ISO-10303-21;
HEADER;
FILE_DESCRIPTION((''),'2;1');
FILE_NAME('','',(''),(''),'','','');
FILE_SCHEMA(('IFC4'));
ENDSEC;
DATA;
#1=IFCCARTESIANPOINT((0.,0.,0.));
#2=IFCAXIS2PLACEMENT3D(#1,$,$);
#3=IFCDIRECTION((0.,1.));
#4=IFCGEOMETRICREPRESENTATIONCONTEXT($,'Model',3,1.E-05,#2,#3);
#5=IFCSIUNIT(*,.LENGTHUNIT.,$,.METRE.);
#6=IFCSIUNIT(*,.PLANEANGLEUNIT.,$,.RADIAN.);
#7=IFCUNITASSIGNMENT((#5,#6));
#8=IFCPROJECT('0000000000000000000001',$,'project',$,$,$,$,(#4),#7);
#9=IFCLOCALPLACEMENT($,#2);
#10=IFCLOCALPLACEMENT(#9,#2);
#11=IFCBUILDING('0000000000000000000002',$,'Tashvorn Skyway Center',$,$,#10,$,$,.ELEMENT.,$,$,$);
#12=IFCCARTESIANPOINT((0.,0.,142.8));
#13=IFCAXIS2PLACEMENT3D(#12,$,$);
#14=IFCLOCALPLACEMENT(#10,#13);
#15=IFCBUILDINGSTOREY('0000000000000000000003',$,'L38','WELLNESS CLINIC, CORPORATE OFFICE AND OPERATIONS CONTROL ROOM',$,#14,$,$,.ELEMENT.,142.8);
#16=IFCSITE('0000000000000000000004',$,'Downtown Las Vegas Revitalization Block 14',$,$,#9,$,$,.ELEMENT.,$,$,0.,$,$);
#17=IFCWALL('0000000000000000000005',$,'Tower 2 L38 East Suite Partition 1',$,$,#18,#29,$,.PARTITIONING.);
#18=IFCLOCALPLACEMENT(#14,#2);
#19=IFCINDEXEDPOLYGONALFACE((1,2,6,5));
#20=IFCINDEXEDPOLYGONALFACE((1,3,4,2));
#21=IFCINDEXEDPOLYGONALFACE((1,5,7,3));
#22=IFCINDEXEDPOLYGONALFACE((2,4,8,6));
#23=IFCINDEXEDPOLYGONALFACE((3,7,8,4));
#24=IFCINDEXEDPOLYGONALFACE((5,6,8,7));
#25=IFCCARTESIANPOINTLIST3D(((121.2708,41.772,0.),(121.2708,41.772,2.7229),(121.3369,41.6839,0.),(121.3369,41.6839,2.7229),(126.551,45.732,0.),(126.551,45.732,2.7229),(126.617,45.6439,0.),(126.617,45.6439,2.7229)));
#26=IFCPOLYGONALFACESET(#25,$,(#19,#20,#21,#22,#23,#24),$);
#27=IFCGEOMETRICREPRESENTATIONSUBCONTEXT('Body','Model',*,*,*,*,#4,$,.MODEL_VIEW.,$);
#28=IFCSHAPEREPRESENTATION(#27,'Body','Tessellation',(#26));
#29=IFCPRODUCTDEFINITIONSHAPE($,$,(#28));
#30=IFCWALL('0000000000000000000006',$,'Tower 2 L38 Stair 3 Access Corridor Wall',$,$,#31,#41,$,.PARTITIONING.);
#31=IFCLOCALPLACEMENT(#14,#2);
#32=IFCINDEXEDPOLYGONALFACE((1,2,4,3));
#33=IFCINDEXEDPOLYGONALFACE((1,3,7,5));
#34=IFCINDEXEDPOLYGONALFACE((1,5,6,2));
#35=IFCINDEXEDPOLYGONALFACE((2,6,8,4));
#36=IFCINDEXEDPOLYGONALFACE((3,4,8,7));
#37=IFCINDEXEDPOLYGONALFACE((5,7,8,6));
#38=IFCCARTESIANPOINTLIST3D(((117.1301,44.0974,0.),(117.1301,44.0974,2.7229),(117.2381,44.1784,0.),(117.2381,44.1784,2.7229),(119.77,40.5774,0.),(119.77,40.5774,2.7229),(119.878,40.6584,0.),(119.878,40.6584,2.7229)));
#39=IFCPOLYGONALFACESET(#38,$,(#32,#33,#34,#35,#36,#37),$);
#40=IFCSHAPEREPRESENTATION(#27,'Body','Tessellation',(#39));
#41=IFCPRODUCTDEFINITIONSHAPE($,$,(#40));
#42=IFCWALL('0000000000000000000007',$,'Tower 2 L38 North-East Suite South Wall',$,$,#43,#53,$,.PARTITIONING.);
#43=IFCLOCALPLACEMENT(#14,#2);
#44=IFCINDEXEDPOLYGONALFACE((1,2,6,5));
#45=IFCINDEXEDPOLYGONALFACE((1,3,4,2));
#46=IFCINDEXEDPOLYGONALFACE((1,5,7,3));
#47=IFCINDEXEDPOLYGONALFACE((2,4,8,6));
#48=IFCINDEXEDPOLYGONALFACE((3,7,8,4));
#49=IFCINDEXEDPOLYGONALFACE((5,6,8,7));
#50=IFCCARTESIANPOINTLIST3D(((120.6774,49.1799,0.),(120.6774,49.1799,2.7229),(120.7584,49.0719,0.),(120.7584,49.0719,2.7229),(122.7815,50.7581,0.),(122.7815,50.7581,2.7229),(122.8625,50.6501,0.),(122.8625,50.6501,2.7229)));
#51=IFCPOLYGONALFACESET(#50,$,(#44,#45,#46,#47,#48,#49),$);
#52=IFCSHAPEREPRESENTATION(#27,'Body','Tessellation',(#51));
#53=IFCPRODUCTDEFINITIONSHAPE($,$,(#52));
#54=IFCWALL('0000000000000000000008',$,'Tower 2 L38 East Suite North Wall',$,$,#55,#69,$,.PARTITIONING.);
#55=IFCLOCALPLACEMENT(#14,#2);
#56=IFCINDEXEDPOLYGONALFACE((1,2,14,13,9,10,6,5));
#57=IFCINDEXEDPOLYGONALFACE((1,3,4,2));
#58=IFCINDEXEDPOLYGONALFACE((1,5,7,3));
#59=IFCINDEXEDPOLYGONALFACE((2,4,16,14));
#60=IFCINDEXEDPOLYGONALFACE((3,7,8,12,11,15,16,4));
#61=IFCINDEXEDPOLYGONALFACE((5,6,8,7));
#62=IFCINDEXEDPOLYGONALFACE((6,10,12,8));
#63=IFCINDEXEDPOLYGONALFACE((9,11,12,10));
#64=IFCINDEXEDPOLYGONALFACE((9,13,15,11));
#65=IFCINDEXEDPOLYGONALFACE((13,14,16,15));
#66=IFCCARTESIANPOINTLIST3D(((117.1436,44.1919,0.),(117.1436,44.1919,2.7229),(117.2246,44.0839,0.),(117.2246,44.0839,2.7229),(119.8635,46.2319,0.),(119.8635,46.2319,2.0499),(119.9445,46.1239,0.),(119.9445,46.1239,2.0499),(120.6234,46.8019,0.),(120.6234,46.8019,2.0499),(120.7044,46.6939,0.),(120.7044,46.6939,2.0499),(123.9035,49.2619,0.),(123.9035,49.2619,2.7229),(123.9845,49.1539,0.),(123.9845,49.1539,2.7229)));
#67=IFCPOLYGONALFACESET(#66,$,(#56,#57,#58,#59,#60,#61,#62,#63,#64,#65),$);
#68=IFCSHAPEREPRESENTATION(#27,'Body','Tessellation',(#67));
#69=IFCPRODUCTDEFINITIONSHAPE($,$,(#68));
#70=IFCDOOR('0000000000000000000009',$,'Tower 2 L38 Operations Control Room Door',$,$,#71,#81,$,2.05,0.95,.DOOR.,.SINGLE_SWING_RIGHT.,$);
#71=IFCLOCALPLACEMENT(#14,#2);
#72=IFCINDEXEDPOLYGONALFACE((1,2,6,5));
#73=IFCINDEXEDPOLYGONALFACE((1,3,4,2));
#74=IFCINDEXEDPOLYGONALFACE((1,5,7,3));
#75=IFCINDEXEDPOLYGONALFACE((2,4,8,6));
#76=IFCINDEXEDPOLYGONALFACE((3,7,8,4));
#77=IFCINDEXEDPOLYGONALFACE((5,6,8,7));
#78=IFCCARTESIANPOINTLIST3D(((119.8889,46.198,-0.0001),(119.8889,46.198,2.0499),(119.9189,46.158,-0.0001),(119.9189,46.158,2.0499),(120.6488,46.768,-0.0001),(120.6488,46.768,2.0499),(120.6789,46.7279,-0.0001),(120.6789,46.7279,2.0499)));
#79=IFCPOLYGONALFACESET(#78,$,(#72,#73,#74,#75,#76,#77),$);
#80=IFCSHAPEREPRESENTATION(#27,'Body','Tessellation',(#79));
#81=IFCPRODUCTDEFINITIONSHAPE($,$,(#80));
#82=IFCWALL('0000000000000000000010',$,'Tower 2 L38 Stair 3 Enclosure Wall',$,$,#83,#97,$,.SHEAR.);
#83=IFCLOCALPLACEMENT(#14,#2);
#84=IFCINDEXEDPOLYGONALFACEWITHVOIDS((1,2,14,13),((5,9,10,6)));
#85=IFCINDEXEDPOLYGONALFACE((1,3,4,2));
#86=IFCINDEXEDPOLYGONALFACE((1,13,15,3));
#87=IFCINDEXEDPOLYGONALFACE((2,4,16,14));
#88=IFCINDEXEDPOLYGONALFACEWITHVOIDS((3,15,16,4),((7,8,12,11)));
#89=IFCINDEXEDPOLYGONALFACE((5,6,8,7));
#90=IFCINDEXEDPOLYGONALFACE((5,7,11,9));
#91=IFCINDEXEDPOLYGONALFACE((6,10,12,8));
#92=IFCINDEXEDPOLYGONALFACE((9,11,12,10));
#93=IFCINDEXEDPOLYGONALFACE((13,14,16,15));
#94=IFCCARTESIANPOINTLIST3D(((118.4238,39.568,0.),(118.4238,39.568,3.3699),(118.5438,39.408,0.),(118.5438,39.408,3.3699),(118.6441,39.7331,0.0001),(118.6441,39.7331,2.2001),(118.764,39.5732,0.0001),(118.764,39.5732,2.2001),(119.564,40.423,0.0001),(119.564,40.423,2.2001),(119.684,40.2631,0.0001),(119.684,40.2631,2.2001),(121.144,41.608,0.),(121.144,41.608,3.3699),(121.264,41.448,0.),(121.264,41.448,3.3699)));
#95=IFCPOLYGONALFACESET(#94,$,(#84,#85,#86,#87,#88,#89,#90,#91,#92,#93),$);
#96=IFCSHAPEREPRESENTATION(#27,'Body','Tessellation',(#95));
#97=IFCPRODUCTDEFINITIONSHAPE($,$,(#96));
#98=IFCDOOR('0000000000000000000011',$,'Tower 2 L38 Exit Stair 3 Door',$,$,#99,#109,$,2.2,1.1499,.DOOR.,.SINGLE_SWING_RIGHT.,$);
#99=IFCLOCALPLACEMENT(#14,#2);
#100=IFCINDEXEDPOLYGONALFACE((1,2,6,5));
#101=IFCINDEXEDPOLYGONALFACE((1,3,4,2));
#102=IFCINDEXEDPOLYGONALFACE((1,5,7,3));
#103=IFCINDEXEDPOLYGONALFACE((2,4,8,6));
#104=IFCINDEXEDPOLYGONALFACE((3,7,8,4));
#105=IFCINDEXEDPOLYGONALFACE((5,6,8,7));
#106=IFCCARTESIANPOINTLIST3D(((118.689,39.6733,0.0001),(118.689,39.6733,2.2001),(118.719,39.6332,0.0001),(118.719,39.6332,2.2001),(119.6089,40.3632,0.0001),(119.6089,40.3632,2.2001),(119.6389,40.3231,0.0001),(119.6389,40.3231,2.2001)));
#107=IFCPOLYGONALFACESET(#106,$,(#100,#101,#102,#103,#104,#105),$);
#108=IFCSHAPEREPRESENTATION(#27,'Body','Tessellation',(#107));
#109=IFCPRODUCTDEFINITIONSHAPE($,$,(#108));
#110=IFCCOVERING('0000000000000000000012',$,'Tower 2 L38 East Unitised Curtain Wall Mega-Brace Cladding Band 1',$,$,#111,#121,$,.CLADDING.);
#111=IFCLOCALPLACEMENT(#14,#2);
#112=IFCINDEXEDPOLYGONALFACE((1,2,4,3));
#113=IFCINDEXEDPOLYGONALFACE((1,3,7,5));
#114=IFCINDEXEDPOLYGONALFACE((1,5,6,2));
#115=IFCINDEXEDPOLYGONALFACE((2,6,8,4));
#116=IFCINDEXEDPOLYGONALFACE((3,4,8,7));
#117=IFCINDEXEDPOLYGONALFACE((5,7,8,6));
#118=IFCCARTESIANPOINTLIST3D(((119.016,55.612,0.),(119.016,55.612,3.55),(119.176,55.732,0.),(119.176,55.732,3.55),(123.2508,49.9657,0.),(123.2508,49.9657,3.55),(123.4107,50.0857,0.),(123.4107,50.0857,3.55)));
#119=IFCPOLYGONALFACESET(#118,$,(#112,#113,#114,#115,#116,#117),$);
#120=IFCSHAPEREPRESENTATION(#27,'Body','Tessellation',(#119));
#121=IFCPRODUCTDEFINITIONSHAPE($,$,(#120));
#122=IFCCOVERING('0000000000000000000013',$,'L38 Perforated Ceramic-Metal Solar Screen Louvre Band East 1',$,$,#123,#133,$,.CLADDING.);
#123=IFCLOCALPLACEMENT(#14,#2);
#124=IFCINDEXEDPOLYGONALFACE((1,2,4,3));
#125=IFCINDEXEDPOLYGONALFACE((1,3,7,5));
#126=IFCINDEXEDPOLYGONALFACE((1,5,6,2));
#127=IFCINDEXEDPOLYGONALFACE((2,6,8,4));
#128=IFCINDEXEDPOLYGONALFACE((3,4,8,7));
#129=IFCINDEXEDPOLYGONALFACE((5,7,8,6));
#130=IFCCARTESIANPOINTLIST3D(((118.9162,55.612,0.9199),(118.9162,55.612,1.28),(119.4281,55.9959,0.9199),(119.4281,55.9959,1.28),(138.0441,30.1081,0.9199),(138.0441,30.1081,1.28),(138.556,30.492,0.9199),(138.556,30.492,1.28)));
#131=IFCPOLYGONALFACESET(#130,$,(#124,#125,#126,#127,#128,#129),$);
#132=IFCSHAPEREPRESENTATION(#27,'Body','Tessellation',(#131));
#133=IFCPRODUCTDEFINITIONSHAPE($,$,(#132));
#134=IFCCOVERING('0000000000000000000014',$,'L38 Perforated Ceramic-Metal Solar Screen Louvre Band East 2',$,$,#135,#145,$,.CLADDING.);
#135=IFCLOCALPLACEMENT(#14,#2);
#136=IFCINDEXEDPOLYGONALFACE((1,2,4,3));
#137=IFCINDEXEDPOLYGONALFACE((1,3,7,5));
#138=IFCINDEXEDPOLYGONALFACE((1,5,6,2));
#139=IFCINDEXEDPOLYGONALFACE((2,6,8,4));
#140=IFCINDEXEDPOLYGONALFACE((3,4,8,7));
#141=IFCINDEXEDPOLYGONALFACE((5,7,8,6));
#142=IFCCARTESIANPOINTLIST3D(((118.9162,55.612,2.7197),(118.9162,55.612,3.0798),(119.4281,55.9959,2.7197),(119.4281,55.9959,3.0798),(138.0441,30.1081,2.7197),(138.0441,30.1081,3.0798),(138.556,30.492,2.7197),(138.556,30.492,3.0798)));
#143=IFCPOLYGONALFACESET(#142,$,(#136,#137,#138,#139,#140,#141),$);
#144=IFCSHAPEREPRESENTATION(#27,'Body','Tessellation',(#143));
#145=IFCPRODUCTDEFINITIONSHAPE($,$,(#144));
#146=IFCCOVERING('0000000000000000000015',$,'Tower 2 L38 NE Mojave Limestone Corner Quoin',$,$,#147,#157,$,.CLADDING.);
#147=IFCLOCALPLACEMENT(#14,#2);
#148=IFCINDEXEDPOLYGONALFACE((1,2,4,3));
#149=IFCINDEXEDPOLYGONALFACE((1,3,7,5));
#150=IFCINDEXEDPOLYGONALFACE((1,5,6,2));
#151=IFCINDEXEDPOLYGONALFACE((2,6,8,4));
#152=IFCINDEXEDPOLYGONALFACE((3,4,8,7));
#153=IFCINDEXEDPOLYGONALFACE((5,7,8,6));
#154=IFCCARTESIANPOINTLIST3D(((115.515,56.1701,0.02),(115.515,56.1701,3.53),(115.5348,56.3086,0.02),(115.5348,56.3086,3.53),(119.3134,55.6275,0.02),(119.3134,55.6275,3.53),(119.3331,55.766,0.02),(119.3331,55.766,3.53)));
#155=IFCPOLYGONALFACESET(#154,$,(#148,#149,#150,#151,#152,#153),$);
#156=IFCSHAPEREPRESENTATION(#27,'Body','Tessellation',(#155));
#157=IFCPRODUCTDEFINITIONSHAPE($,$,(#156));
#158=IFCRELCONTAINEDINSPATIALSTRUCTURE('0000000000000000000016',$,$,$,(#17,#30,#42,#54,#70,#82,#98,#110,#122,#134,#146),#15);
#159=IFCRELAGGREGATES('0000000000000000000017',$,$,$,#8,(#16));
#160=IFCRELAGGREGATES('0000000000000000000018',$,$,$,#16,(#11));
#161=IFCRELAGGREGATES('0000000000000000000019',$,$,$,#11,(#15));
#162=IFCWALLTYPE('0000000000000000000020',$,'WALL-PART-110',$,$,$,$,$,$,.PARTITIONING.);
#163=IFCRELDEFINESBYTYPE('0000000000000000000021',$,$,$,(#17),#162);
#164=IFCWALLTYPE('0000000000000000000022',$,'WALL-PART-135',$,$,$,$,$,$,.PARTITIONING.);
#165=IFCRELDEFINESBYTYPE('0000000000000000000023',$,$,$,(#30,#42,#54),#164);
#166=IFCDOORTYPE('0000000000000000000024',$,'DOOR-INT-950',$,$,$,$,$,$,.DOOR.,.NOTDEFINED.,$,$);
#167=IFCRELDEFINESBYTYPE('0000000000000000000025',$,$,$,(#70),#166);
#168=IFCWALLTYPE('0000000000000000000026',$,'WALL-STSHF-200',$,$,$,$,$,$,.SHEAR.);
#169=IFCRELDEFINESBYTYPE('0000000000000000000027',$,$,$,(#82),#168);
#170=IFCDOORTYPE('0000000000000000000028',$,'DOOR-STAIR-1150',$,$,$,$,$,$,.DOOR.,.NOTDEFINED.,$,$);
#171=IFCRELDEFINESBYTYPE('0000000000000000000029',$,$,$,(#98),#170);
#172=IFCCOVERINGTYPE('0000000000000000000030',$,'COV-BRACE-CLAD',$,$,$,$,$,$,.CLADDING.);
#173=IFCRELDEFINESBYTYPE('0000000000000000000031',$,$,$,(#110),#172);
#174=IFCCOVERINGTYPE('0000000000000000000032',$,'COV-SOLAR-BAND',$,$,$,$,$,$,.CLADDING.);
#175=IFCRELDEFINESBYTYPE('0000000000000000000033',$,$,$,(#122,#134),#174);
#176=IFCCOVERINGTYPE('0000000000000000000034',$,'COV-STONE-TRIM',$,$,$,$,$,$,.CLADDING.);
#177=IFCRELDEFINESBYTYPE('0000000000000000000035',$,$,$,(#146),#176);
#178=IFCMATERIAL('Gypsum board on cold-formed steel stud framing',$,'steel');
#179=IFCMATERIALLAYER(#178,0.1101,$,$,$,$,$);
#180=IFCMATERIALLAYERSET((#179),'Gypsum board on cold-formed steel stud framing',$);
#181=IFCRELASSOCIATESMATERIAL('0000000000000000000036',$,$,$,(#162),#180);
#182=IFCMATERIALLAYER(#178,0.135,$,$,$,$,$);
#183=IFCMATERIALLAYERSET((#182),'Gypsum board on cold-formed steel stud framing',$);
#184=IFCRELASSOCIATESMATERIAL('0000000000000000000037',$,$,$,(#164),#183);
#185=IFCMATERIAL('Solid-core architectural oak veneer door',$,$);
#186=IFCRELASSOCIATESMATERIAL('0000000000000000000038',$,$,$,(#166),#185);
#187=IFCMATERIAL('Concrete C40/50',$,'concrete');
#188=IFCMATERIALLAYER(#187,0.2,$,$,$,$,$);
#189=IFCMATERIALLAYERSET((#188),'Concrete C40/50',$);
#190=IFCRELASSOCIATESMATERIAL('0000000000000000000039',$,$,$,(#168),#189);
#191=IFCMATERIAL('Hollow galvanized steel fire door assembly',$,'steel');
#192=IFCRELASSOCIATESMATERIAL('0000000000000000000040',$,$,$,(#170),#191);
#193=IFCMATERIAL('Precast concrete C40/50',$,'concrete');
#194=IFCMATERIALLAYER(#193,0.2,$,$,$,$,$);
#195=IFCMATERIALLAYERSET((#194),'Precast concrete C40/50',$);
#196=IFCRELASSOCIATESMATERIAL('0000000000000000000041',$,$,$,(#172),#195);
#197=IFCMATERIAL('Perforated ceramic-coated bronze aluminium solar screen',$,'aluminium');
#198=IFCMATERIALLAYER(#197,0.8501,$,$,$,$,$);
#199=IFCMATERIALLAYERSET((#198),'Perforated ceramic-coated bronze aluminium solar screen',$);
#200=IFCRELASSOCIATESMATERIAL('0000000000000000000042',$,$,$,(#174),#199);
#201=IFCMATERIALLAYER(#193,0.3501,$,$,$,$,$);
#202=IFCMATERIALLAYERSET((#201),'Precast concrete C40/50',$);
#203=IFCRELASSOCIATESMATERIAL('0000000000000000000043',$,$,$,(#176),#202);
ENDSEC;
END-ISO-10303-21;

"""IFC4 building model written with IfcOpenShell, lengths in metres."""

from ifc_helpers import new_model, si_unit, direction, frame, frame_2d, origin, origin_2d, place, context, subcontext, project, spatial, rectangle, extrude, material, layer, layer_set, type_object, element, fill, save


model = new_model("IFC4")

# Units and contexts
model_context = context("Model", 3, precision=1e-05, world=origin(), true_north=direction((0.0, 1.0)))
body_context = subcontext(model_context, "Body", "Model", "MODEL_VIEW")
ifc_project = project(units=[si_unit("LENGTHUNIT", "METRE"), si_unit("PLANEANGLEUNIT", "RADIAN")], contexts=[model_context])

# Site, building, storey
site_placement = place(None, origin())
site = spatial("IfcSite", under=ifc_project, at=site_placement, Name="Downtown Las Vegas Revitalization Block 14", CompositionType="ELEMENT", RefElevation=0.0)
building_placement = place(site_placement, origin())
building = spatial("IfcBuilding", under=site, at=building_placement, Name="Tashvorn Skyway Center", CompositionType="ELEMENT")
storey_placement = place(building_placement, frame((0.0, 0.0, 142.8)))
storey = spatial("IfcBuildingStorey", under=building, at=storey_placement, Name="L38", Description="WELLNESS CLINIC, CORPORATE OFFICE AND OPERATIONS CONTROL ROOM", CompositionType="ELEMENT", Elevation=142.8)

# Walls
ifc_material_1 = material(Name="Precast concrete C40/50", Category="concrete")
ifc_material_2 = material(Name="Gypsum board on cold-formed steel stud framing", Category="steel")
ifc_layer_1 = layer(ifc_material_2, 0.1101)
ifc_layer_set_1 = layer_set([ifc_layer_1], Name="Gypsum board on cold-formed steel stud framing")
wall_type_1 = type_object("IfcWallType", Name="WALL-PART-110", PredefinedType="PARTITIONING", material=ifc_layer_set_1)
wall_1_placement = place(storey_placement, frame((126.584, 45.688, 0.0), z_axis=(0.0, 0.0, 1.0), x_axis=(-0.800004, -0.599994, 0.0)))
element("IfcWall", 1, at=wall_1_placement, inside=storey, type_object=wall_type_1, Name="Tower 2 L38 East Suite Partition 1", PredefinedType="PARTITIONING", context=body_context, shape_type="SweptSolid", body=[
    extrude(rectangle(XDim=6.6001, YDim=0.1101, at=frame_2d((3.3, 0.0))), origin(), (0.0, 0.0, 1.0), 2.7229),
])
ifc_layer_2 = layer(ifc_material_2, 0.135)
ifc_layer_set_2 = layer_set([ifc_layer_2], Name="Gypsum board on cold-formed steel stud framing")
wall_type_2 = type_object("IfcWallType", Name="WALL-PART-135", PredefinedType="PARTITIONING", material=ifc_layer_set_2)
wall_2_placement = place(storey_placement, frame((119.824, 40.6179, 0.0), z_axis=(0.0, 0.0, 1.0), x_axis=(-0.599982, 0.800013, 0.0)))
element("IfcWall", 2, at=wall_2_placement, inside=storey, type_object=wall_type_2, Name="Tower 2 L38 Stair 3 Access Corridor Wall", PredefinedType="PARTITIONING", context=body_context, shape_type="SweptSolid", body=[
    extrude(rectangle(XDim=4.3999, YDim=0.135, at=frame_2d((2.2, 0.0))), origin(), (0.0, 0.0, 1.0), 2.7229),
])
wall_3_placement = place(storey_placement, frame((120.718, 49.126, 0.0), z_axis=(0.0, 0.0, 1.0), x_axis=(0.799978, 0.60003, 0.0)))
element("IfcWall", 3, at=wall_3_placement, inside=storey, type_object=wall_type_2, Name="Tower 2 L38 North-East Suite South Wall", PredefinedType="PARTITIONING", context=body_context, shape_type="SweptSolid", body=[
    extrude(rectangle(XDim=2.6301, YDim=0.135, at=frame_2d((1.3149, 0.0))), origin(), (0.0, 0.0, 1.0), 2.7229),
])

# Walls, openings, doors
wall_4_placement = place(storey_placement, frame((123.9441, 49.208, 0.0), z_axis=(0.0, 0.0, 1.0), x_axis=(-0.799997, -0.600005, 0.0)))
wall_4 = element("IfcWall", 4, at=wall_4_placement, inside=storey, type_object=wall_type_2, Name="Tower 2 L38 East Suite North Wall", PredefinedType="PARTITIONING", context=body_context, shape_type="SweptSolid", body=[
    extrude(rectangle(XDim=8.45, YDim=0.135, at=frame_2d((4.2251, 0.0))), origin(), (0.0, 0.0, 1.0), 2.7229),
])
opening_1_placement = place(wall_4_placement, frame((4.1001, 0.0, 0.0)))
opening_1 = element("IfcOpeningElement", 5, at=opening_1_placement, cuts=wall_4, PredefinedType="OPENING", context=body_context, shape_type="SweptSolid", body=[
    extrude(rectangle(XDim=0.95, YDim=2.05, at=frame_2d((0.4751, 1.0249))), frame((0.0, 0.0774, 0.0), z_axis=(0.0, -1.0, 0.0), x_axis=(1.0, 0.0, 0.0)), (0.0, 0.0, 1.0), 0.155),
])
ifc_material_3 = material(Name="Solid-core architectural oak veneer door")
door_type_1 = type_object("IfcDoorType", Name="DOOR-INT-950", OperationType="NOTDEFINED", PredefinedType="DOOR", material=ifc_material_3)
door_1_placement = place(opening_1_placement, origin())
door_1 = element("IfcDoor", 6, at=door_1_placement, inside=storey, type_object=door_type_1, Name="Tower 2 L38 Operations Control Room Door", OperationType="SINGLE_SWING_RIGHT", OverallHeight=2.05, OverallWidth=0.95, PredefinedType="DOOR", context=body_context, shape_type="SweptSolid", body=[
    extrude(rectangle(XDim=0.95, YDim=2.05, at=frame_2d((0.4751, 1.0249))), frame((0.0, 0.0249, 0.0), z_axis=(0.0, -1.0, 0.0), x_axis=(1.0, 0.0, 0.0)), (0.0, 0.0, 1.0), 0.05),
])
fill(opening_1, door_1)
ifc_material_4 = material(Name="Concrete C40/50", Category="concrete")
ifc_layer_3 = layer(ifc_material_4, 0.2)
ifc_layer_set_3 = layer_set([ifc_layer_3], Name="Concrete C40/50")
wall_type_3 = type_object("IfcWallType", Name="WALL-STSHF-200", PredefinedType="SHEAR", material=ifc_layer_set_3)
wall_5_placement = place(storey_placement, frame((121.2041, 41.5281, 0.0), z_axis=(0.0, 0.0, 1.0), x_axis=(-0.800017, -0.599977, 0.0)))
wall_5 = element("IfcWall", 7, at=wall_5_placement, inside=storey, type_object=wall_type_3, Name="Tower 2 L38 Stair 3 Enclosure Wall", PredefinedType="SHEAR", context=body_context, shape_type="SweptSolid", body=[
    extrude(rectangle(XDim=3.4001, YDim=0.2, at=frame_2d((1.7002, 0.0))), origin(), (0.0, 0.0, 1.0), 3.3699),
])
opening_2_placement = place(wall_5_placement, frame((1.9751, 0.0, 0.0)))
opening_2 = element("IfcOpeningElement", 8, at=opening_2_placement, cuts=wall_5, PredefinedType="OPENING", context=body_context, shape_type="SweptSolid", body=[
    extrude(rectangle(XDim=1.1499, YDim=2.2, at=frame_2d((0.575, 1.1001))), frame((0.0, 0.1099, 0.0), z_axis=(0.0, -1.0, 0.0), x_axis=(1.0, 0.0, 0.0)), (0.0, 0.0, 1.0), 0.22),
])
ifc_material_5 = material(Name="Hollow galvanized steel fire door assembly", Category="steel")
door_type_2 = type_object("IfcDoorType", Name="DOOR-STAIR-1150", OperationType="NOTDEFINED", PredefinedType="DOOR", material=ifc_material_5)
door_2_placement = place(opening_2_placement, origin())
door_2 = element("IfcDoor", 9, at=door_2_placement, inside=storey, type_object=door_type_2, Name="Tower 2 L38 Exit Stair 3 Door", OperationType="SINGLE_SWING_RIGHT", OverallHeight=2.2, OverallWidth=1.1499, PredefinedType="DOOR", context=body_context, shape_type="SweptSolid", body=[
    extrude(rectangle(XDim=1.1499, YDim=2.2, at=frame_2d((0.575, 1.1001))), frame((0.0, 0.0249, 0.0), z_axis=(0.0, -1.0, 0.0), x_axis=(1.0, 0.0, 0.0)), (0.0, 0.0, 1.0), 0.05),
])
fill(opening_2, door_2)

# Coverings
ifc_layer_4 = layer(ifc_material_1, 0.2)
ifc_layer_set_4 = layer_set([ifc_layer_4], Name="Precast concrete C40/50")
covering_type_1 = type_object("IfcCoveringType", Name="COV-BRACE-CLAD", PredefinedType="CLADDING", material=ifc_layer_set_4)
covering_1_placement = place(storey_placement, frame((121.2134, 52.8489, 0.0), z_axis=(0.0, 0.0, 1.0), x_axis=(0.6, -0.8, 0.0)))
element("IfcCovering", 10, at=covering_1_placement, inside=storey, type_object=covering_type_1, Name="Tower 2 L38 East Unitised Curtain Wall Mega-Brace Cladding Band 1", PredefinedType="CLADDING", context=body_context, shape_type="SweptSolid", body=[
    extrude(rectangle(XDim=7.0579, YDim=0.2, at=origin_2d()), origin(), (0.0, 0.0, 1.0), 3.55),
])
ifc_material_6 = material(Name="Perforated ceramic-coated bronze aluminium solar screen", Category="aluminium")
ifc_layer_5 = layer(ifc_material_6, 0.8501)
ifc_layer_set_5 = layer_set([ifc_layer_5], Name="Perforated ceramic-coated bronze aluminium solar screen")
covering_type_2 = type_object("IfcCoveringType", Name="COV-SOLAR-BAND", PredefinedType="CLADDING", material=ifc_layer_set_5)
for number, where, z_axis, x_axis, name in (
    (11, (128.7361, 43.052, 0.9199), (0.0, 0.0, 1.0), (0.6, -0.8, 0.0), "L38 Perforated Ceramic-Metal Solar Screen Louvre Band East 1"),
    (12, (128.7361, 43.052, 2.7197), (0.0, 0.0, 1.0), (0.6, -0.8, 0.0), "L38 Perforated Ceramic-Metal Solar Screen Louvre Band East 2"),
):
    element("IfcCovering", number, at=place(storey_placement, frame(where, z_axis=z_axis, x_axis=x_axis)), inside=storey, type_object=covering_type_2, Name=name, PredefinedType="CLADDING", context=body_context, shape_type="SweptSolid", body=[
        extrude(rectangle(XDim=31.8799, YDim=0.6399, at=origin_2d()), origin(), (0.0, 0.0, 1.0), 0.3601),
    ])
ifc_layer_6 = layer(ifc_material_1, 0.3501)
ifc_layer_set_6 = layer_set([ifc_layer_6], Name="Precast concrete C40/50")
covering_type_3 = type_object("IfcCoveringType", Name="COV-STONE-TRIM", PredefinedType="CLADDING", material=ifc_layer_set_6)
covering_2_placement = place(storey_placement, frame((117.4241, 55.968, 0.02), z_axis=(0.0, 0.0, 1.0), x_axis=(0.989949, -0.141421, 0.0)))
element("IfcCovering", 13, at=covering_2_placement, inside=storey, type_object=covering_type_3, Name="Tower 2 L38 NE Mojave Limestone Corner Quoin", PredefinedType="CLADDING", context=body_context, shape_type="SweptSolid", body=[
    extrude(rectangle(XDim=3.8369, YDim=0.1399, at=origin_2d()), origin(), (0.0, 0.0, 1.0), 3.51),
])

save(model, "model.ifc")
